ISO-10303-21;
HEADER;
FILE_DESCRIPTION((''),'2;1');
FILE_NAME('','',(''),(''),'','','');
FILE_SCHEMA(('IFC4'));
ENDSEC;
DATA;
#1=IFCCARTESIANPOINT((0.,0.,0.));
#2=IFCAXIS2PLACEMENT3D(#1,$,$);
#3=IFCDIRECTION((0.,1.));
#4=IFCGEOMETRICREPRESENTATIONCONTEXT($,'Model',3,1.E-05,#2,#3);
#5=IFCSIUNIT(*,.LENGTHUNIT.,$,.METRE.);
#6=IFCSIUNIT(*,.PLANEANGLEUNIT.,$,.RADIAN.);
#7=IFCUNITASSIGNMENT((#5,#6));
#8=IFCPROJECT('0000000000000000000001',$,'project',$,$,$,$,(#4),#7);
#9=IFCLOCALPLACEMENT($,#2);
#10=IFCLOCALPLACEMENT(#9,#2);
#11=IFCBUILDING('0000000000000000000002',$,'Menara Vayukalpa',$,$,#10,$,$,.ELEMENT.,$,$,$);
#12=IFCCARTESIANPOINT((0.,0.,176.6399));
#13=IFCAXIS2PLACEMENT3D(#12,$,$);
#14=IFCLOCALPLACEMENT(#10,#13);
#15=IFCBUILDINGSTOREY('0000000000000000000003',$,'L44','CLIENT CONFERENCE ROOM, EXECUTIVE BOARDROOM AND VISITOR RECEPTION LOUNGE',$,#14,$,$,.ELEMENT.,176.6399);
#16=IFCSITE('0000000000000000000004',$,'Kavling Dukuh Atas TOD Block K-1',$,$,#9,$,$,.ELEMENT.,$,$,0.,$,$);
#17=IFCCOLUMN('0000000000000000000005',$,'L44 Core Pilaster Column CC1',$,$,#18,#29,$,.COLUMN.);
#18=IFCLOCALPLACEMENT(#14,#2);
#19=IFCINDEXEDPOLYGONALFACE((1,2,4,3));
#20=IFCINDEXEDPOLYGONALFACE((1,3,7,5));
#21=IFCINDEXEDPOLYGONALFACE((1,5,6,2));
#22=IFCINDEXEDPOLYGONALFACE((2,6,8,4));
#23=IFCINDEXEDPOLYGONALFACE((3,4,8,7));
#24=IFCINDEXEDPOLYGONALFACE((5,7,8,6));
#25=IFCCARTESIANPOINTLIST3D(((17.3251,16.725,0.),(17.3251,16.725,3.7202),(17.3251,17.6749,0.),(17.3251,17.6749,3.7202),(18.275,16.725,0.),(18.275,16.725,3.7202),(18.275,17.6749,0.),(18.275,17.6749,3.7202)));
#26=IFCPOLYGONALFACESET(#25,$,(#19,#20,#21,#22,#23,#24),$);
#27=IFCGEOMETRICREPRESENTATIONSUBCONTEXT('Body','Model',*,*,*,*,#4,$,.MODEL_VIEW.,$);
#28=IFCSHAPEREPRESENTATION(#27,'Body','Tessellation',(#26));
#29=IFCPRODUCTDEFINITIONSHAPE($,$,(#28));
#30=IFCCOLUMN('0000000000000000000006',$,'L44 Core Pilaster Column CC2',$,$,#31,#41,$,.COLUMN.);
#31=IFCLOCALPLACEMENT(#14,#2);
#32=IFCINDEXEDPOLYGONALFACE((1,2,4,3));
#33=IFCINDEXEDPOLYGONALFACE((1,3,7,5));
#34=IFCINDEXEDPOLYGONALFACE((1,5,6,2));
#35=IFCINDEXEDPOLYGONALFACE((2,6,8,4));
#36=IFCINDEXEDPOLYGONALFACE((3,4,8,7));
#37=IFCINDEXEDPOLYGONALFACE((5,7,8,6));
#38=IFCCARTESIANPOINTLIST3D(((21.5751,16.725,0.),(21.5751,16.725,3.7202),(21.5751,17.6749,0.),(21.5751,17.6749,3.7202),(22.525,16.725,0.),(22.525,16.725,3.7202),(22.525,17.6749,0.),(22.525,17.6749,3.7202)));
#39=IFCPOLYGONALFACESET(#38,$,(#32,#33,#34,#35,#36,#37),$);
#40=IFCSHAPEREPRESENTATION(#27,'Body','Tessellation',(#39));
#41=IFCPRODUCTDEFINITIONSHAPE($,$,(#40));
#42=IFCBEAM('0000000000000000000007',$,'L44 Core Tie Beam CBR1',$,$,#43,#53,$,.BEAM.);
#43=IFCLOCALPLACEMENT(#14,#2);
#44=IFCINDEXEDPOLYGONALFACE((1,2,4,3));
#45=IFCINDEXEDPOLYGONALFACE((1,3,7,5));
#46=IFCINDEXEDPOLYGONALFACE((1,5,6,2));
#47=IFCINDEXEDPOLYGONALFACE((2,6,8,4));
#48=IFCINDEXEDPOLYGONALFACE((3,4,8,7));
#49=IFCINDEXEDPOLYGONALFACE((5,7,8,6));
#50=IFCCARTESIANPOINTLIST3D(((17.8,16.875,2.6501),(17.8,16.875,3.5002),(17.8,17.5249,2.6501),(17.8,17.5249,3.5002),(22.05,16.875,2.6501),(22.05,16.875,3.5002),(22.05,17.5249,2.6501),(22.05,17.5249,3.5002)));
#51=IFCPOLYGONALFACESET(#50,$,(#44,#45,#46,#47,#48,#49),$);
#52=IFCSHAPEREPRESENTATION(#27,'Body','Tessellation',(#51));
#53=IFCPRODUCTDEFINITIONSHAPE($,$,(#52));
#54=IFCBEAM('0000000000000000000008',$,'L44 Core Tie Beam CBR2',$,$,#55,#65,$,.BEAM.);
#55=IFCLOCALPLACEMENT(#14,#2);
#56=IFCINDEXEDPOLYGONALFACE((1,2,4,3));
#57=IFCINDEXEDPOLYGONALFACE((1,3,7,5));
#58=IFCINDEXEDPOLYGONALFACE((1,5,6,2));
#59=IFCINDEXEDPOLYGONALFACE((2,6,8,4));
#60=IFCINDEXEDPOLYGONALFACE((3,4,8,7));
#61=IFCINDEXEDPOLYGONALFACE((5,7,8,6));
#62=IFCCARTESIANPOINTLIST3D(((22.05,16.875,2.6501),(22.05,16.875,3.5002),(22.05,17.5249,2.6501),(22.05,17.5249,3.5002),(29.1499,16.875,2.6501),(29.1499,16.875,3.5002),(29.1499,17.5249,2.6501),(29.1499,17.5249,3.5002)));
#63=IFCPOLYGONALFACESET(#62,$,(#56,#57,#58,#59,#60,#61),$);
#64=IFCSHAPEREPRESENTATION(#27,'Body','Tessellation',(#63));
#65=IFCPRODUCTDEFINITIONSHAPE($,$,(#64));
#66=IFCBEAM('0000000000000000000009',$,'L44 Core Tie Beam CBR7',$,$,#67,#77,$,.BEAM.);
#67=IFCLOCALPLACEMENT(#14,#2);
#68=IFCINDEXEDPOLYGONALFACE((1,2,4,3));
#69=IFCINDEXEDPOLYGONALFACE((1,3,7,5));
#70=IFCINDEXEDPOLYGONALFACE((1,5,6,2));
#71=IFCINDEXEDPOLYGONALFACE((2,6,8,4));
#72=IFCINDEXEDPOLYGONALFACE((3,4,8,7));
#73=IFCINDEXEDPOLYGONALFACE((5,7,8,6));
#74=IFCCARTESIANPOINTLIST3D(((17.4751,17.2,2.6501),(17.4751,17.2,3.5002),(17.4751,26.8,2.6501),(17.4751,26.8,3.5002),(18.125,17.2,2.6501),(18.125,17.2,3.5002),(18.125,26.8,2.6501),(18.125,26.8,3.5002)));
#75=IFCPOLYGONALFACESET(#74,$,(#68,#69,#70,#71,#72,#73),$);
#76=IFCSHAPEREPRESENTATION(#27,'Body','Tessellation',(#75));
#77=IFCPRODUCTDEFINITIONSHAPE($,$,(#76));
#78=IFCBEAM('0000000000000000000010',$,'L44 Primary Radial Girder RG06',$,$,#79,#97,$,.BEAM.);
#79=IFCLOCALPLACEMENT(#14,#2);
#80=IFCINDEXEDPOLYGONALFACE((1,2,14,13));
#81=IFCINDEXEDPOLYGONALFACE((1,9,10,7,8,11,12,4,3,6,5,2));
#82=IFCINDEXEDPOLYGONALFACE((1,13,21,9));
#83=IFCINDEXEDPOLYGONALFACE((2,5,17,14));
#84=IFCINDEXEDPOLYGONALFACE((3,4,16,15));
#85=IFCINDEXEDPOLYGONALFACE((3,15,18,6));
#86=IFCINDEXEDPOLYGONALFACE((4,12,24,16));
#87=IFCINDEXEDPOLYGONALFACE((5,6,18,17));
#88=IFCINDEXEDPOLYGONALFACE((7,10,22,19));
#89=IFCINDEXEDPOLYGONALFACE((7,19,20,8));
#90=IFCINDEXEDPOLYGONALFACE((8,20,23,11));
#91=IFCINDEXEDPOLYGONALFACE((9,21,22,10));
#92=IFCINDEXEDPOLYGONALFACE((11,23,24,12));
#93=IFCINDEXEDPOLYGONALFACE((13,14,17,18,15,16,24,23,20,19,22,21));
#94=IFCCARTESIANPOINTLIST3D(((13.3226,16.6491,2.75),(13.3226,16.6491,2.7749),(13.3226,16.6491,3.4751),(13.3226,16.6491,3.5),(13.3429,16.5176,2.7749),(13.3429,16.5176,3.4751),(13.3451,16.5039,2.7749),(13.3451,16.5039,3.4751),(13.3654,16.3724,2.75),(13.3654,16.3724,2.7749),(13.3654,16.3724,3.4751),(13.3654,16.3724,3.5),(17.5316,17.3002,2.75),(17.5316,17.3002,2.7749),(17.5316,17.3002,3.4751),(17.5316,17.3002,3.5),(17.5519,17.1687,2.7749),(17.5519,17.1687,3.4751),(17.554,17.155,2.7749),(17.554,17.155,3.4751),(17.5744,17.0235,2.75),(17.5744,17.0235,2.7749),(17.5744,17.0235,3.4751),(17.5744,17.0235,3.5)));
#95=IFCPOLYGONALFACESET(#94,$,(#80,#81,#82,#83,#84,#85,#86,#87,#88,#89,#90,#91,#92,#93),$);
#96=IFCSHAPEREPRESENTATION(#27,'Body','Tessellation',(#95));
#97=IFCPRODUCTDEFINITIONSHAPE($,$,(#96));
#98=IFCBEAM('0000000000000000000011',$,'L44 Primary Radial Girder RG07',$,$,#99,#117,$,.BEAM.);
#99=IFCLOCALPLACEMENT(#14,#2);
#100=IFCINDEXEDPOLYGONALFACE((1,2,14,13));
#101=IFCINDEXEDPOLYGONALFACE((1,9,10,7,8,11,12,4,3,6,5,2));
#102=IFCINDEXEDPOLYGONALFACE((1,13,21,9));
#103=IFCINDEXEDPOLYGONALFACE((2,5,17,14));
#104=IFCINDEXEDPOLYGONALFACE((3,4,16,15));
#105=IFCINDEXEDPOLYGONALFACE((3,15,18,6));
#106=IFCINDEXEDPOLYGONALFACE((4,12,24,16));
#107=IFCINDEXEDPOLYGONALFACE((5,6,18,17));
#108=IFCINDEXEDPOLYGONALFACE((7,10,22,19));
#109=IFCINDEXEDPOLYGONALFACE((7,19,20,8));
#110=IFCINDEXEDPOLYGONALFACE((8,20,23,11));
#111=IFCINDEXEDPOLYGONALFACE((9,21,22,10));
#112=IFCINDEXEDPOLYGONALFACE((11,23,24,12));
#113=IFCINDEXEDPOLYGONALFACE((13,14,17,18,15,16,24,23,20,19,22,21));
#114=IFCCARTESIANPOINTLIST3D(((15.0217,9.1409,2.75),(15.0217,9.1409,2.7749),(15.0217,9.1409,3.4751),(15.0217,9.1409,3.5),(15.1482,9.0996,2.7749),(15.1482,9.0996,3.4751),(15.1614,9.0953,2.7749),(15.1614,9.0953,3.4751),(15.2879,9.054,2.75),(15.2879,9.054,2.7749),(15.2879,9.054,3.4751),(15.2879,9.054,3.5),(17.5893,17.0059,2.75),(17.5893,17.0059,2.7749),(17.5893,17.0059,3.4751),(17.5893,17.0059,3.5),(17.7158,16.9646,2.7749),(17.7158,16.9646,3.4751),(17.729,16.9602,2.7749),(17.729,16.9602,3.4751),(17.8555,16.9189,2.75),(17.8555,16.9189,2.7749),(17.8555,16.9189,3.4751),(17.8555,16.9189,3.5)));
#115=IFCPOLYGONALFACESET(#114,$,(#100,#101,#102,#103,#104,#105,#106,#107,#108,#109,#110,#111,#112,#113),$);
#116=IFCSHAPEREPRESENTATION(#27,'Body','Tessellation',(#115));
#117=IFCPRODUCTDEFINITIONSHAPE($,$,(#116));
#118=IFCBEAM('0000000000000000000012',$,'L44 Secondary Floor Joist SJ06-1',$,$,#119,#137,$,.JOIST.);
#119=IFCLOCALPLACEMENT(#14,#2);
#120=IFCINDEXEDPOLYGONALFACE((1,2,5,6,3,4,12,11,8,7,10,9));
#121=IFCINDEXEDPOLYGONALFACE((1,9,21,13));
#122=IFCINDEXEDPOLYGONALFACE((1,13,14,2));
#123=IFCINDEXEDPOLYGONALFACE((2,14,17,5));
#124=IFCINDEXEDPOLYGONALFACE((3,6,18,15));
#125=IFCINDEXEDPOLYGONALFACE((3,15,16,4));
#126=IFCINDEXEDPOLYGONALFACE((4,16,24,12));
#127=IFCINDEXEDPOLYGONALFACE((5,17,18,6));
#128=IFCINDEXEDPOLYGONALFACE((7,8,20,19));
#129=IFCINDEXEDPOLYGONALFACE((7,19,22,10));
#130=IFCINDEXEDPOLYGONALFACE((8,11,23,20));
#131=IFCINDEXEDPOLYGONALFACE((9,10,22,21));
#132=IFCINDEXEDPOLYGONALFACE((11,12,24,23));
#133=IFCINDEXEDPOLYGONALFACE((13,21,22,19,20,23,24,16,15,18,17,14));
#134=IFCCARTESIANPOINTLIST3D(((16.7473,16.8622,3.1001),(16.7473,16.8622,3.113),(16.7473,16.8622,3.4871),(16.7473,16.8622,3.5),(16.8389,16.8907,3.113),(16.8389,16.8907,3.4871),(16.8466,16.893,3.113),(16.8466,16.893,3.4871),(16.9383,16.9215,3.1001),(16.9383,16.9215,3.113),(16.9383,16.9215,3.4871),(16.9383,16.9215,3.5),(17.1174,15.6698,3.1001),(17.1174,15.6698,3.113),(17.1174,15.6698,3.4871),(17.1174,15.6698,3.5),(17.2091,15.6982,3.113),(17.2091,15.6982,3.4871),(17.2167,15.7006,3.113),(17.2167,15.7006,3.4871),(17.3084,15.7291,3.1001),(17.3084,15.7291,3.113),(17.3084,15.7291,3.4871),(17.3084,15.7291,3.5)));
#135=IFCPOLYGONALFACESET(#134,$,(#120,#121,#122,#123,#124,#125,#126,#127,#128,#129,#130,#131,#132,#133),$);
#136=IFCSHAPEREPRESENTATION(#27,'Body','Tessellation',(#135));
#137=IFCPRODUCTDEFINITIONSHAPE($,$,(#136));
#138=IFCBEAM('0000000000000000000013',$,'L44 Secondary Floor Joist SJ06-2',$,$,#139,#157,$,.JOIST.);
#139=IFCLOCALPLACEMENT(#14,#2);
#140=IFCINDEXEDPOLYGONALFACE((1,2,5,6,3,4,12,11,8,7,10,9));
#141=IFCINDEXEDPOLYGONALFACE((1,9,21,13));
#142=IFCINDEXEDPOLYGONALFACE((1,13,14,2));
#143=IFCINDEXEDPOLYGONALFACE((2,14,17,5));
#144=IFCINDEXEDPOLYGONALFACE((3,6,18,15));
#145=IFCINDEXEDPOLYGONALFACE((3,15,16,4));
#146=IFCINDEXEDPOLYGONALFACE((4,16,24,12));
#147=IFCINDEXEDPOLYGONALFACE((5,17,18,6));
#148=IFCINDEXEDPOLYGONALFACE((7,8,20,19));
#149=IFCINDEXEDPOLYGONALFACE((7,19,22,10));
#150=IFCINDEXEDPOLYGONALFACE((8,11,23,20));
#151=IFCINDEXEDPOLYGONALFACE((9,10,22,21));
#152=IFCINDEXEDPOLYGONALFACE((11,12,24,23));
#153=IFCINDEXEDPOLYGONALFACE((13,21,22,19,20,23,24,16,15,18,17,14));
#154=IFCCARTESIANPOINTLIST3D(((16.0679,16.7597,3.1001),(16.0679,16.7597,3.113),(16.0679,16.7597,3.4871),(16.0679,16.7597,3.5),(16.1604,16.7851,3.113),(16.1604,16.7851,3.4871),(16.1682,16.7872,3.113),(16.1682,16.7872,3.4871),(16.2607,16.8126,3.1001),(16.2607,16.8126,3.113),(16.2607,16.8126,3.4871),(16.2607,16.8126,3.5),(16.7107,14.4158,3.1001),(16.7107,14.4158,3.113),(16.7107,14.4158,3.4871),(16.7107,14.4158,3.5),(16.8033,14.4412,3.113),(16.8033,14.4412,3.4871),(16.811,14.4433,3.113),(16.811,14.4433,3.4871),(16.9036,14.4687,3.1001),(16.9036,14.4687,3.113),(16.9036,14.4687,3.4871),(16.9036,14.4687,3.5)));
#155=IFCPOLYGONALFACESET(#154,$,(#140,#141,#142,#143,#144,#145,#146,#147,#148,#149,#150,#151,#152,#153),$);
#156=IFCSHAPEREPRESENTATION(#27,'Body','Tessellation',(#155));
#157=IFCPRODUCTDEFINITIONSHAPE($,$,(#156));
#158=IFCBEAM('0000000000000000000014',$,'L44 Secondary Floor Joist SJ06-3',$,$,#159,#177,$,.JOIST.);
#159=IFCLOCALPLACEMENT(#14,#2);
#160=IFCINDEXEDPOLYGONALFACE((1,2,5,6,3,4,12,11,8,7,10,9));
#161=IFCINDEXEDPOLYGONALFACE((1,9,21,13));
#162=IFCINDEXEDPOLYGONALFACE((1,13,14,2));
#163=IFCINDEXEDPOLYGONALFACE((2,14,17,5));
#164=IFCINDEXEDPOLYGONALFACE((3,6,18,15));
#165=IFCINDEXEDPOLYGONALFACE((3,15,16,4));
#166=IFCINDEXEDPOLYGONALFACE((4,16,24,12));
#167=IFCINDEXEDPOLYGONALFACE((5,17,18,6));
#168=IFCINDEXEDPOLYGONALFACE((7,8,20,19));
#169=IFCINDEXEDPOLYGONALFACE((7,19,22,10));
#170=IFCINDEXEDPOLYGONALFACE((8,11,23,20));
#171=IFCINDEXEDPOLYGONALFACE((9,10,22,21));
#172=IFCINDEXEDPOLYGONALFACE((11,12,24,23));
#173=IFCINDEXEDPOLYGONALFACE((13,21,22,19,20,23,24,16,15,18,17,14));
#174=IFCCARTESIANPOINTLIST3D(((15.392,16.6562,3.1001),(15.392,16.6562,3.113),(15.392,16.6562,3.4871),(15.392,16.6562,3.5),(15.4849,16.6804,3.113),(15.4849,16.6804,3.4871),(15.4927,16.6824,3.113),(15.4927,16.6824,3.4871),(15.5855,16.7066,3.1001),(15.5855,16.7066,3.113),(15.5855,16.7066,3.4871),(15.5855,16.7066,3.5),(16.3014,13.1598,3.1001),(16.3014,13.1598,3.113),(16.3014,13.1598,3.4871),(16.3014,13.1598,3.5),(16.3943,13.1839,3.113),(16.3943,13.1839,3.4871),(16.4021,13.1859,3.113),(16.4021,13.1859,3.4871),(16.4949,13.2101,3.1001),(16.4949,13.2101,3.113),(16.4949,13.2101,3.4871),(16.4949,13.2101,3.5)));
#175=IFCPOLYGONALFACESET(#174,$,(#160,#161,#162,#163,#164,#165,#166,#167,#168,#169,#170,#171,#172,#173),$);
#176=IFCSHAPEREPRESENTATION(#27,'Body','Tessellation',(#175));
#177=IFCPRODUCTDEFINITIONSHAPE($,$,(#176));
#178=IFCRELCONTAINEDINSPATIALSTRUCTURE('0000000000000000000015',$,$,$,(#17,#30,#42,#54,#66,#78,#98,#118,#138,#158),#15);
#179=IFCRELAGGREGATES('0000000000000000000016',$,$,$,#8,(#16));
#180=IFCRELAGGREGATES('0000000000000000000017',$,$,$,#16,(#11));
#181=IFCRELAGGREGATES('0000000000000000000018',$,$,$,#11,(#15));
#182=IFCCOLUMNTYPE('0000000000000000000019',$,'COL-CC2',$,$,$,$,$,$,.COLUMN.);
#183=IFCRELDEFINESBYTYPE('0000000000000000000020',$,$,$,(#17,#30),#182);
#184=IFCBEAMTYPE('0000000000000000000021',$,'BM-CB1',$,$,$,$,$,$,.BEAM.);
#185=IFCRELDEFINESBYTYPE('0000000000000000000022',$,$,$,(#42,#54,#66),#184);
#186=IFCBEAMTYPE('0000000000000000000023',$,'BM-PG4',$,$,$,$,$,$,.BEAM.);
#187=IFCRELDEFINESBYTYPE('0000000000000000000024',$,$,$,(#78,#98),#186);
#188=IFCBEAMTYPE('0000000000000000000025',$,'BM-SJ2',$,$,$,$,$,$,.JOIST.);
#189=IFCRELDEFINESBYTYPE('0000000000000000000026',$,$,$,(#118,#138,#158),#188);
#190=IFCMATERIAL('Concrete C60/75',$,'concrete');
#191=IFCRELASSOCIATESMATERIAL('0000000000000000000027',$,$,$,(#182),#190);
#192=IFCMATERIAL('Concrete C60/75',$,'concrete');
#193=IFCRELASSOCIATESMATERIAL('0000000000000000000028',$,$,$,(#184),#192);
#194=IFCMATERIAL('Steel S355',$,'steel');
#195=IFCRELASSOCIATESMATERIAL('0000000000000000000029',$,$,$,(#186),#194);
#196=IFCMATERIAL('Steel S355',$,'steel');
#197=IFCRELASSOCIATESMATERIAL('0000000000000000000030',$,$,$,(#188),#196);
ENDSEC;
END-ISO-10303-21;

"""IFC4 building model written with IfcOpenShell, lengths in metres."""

from ifc_helpers import new_model, si_unit, direction, frame, origin, origin_2d, place, context, subcontext, project, spatial, rectangle, i_section, extrude, material, material_profile, profile_set, type_object, element, save


model = new_model("IFC4")

# Units and contexts
model_context = context("Model", 3, precision=1e-05, world=origin(), true_north=direction((0.0, 1.0)))
body_context = subcontext(model_context, "Body", "Model", "MODEL_VIEW")
ifc_project = project(units=[si_unit("LENGTHUNIT", "METRE"), si_unit("PLANEANGLEUNIT", "RADIAN")], contexts=[model_context])

# Site, building, storey
site_placement = place(None, origin())
site = spatial("IfcSite", under=ifc_project, at=site_placement, Name="Kavling Dukuh Atas TOD Block K-1", CompositionType="ELEMENT", RefElevation=0.0)
building_placement = place(site_placement, origin())
building = spatial("IfcBuilding", under=site, at=building_placement, Name="Menara Vayukalpa", CompositionType="ELEMENT")
storey_placement = place(building_placement, frame((0.0, 0.0, 176.6399)))
storey = spatial("IfcBuildingStorey", under=building, at=storey_placement, Name="L44", Description="CLIENT CONFERENCE ROOM, EXECUTIVE BOARDROOM AND VISITOR RECEPTION LOUNGE", CompositionType="ELEMENT", Elevation=176.6399)

# Columns
ifc_material_1 = material(Name="Concrete C60/75", Category="concrete")
ifc_material_profile_1 = material_profile(ifc_material_1, rectangle(XDim=0.95, YDim=0.95, at=origin_2d()), Name="RC 950x950")
ifc_profile_set_1 = profile_set([ifc_material_profile_1], Name="Concrete C60/75")
column_type = type_object("IfcColumnType", Name="COL-CC2", PredefinedType="COLUMN", material=ifc_profile_set_1)
for number, where, z_axis, x_axis, name in (
    (1, (17.8, 17.2, 0.0), (0.0, 0.0, 1.0), (1.0, 0.0, 0.0), "L44 Core Pilaster Column CC1"),
    (2, (22.05, 17.2, 0.0), (0.0, 0.0, 1.0), (1.0, 0.0, 0.0), "L44 Core Pilaster Column CC2"),
):
    element("IfcColumn", number, at=place(storey_placement, frame(where, z_axis=z_axis, x_axis=x_axis)), inside=storey, type_object=column_type, Name=name, PredefinedType="COLUMN", context=body_context, shape_type="SweptSolid", body=[
        extrude(rectangle(XDim=0.95, YDim=0.95, at=origin_2d()), origin(), (0.0, 0.0, 1.0), 3.7202),
    ])

# Beams
ifc_material_2 = material(Name="Concrete C60/75", Category="concrete")
ifc_material_profile_2 = material_profile(ifc_material_2, rectangle(XDim=0.6499, YDim=0.8501, at=origin_2d()), Name="RC 650x850")
ifc_profile_set_2 = profile_set([ifc_material_profile_2], Name="Concrete C60/75")
beam_type_1 = type_object("IfcBeamType", Name="BM-CB1", PredefinedType="BEAM", material=ifc_profile_set_2)
beam_1_placement = place(storey_placement, frame((17.8, 17.2, 3.0752), z_axis=(1.0, 0.0, 0.0), x_axis=(0.0, 1.0, 0.0)))
element("IfcBeam", 3, at=beam_1_placement, inside=storey, type_object=beam_type_1, Name="L44 Core Tie Beam CBR1", PredefinedType="BEAM", context=body_context, shape_type="SweptSolid", body=[
    extrude(rectangle(XDim=0.6499, YDim=0.8501, at=origin_2d()), origin(), (0.0, 0.0, 1.0), 4.25),
])
beam_2_placement = place(storey_placement, frame((22.05, 17.2, 3.0752), z_axis=(1.0, 0.0, 0.0), x_axis=(0.0, 1.0, 0.0)))
element("IfcBeam", 4, at=beam_2_placement, inside=storey, type_object=beam_type_1, Name="L44 Core Tie Beam CBR2", PredefinedType="BEAM", context=body_context, shape_type="SweptSolid", body=[
    extrude(rectangle(XDim=0.6499, YDim=0.8501, at=origin_2d()), origin(), (0.0, 0.0, 1.0), 7.0999),
])
beam_3_placement = place(storey_placement, frame((17.8, 17.2, 3.0752), z_axis=(0.0, 1.0, 0.0), x_axis=(-1.0, 0.0, 0.0)))
element("IfcBeam", 5, at=beam_3_placement, inside=storey, type_object=beam_type_1, Name="L44 Core Tie Beam CBR7", PredefinedType="BEAM", context=body_context, shape_type="SweptSolid", body=[
    extrude(rectangle(XDim=0.6499, YDim=0.8501, at=origin_2d()), origin(), (0.0, 0.0, 1.0), 9.6001),
])
ifc_material_3 = material(Name="Steel S355", Category="steel")
ifc_material_profile_3 = material_profile(ifc_material_3, i_section(OverallWidth=0.28, OverallDepth=0.75, WebThickness=0.0139, FlangeThickness=0.0249, at=origin_2d()), Name="WF 750x280x14x25")
ifc_profile_set_3 = profile_set([ifc_material_profile_3], Name="Steel S355")
beam_type_2 = type_object("IfcBeamType", Name="BM-PG4", PredefinedType="BEAM", material=ifc_profile_set_3)
beam_4_placement = place(storey_placement, frame((17.553, 17.1619, 3.125), z_axis=(-0.988245, -0.15288, 0.0), x_axis=(0.15288, -0.988245, 0.0)))
element("IfcBeam", 6, at=beam_4_placement, inside=storey, type_object=beam_type_2, Name="L44 Primary Radial Girder RG06", PredefinedType="BEAM", context=body_context, shape_type="SweptSolid", body=[
    extrude(i_section(OverallWidth=0.28, OverallDepth=0.75, WebThickness=0.0139, FlangeThickness=0.0249, at=origin_2d()), origin(), (0.0, 0.0, 1.0), 4.259),
])
beam_5_placement = place(storey_placement, frame((17.7224, 16.9624, 3.125), z_axis=(-0.310344, -0.950624, 0.0), x_axis=(0.950624, -0.310344, 0.0)))
element("IfcBeam", 7, at=beam_5_placement, inside=storey, type_object=beam_type_2, Name="L44 Primary Radial Girder RG07", PredefinedType="BEAM", context=body_context, shape_type="SweptSolid", body=[
    extrude(i_section(OverallWidth=0.28, OverallDepth=0.75, WebThickness=0.0139, FlangeThickness=0.0249, at=origin_2d()), origin(), (0.0, 0.0, 1.0), 8.2734),
])
ifc_material_4 = material(Name="Steel S355", Category="steel")
ifc_material_profile_4 = material_profile(ifc_material_4, i_section(OverallWidth=0.2, OverallDepth=0.3999, WebThickness=0.0081, FlangeThickness=0.0129, at=origin_2d()), Name="WF 400x200x8x13")
ifc_profile_set_4 = profile_set([ifc_material_profile_4], Name="Steel S355")
beam_type_3 = type_object("IfcBeamType", Name="BM-SJ2", PredefinedType="JOIST", material=ifc_profile_set_4)
beam_6_placement = place(storey_placement, frame((16.8428, 16.8918, 3.3), z_axis=(0.296448, -0.955049, 0.0), x_axis=(0.955049, 0.296448, 0.0)))
element("IfcBeam", 8, at=beam_6_placement, inside=storey, type_object=beam_type_3, Name="L44 Secondary Floor Joist SJ06-1", PredefinedType="JOIST", context=body_context, shape_type="SweptSolid", body=[
    extrude(i_section(OverallWidth=0.2, OverallDepth=0.3999, WebThickness=0.0081, FlangeThickness=0.0129, at=origin_2d()), origin(), (0.0, 0.0, 1.0), 1.2485),
])
beam_7_placement = place(storey_placement, frame((16.1643, 16.7861, 3.3), z_axis=(0.264503, -0.964385, 0.0), x_axis=(0.964385, 0.264503, 0.0)))
element("IfcBeam", 9, at=beam_7_placement, inside=storey, type_object=beam_type_3, Name="L44 Secondary Floor Joist SJ06-2", PredefinedType="JOIST", context=body_context, shape_type="SweptSolid", body=[
    extrude(i_section(OverallWidth=0.2, OverallDepth=0.3999, WebThickness=0.0081, FlangeThickness=0.0129, at=origin_2d()), origin(), (0.0, 0.0, 1.0), 2.4304),
])
beam_8_placement = place(storey_placement, frame((15.4888, 16.6814, 3.3), z_axis=(0.251715, -0.967801, 0.0), x_axis=(0.967801, 0.251715, 0.0)))
element("IfcBeam", 10, at=beam_8_placement, inside=storey, type_object=beam_type_3, Name="L44 Secondary Floor Joist SJ06-3", PredefinedType="JOIST", context=body_context, shape_type="SweptSolid", body=[
    extrude(i_section(OverallWidth=0.2, OverallDepth=0.3999, WebThickness=0.0081, FlangeThickness=0.0129, at=origin_2d()), origin(), (0.0, 0.0, 1.0), 3.6128),
])

save(model, "model.ifc")
